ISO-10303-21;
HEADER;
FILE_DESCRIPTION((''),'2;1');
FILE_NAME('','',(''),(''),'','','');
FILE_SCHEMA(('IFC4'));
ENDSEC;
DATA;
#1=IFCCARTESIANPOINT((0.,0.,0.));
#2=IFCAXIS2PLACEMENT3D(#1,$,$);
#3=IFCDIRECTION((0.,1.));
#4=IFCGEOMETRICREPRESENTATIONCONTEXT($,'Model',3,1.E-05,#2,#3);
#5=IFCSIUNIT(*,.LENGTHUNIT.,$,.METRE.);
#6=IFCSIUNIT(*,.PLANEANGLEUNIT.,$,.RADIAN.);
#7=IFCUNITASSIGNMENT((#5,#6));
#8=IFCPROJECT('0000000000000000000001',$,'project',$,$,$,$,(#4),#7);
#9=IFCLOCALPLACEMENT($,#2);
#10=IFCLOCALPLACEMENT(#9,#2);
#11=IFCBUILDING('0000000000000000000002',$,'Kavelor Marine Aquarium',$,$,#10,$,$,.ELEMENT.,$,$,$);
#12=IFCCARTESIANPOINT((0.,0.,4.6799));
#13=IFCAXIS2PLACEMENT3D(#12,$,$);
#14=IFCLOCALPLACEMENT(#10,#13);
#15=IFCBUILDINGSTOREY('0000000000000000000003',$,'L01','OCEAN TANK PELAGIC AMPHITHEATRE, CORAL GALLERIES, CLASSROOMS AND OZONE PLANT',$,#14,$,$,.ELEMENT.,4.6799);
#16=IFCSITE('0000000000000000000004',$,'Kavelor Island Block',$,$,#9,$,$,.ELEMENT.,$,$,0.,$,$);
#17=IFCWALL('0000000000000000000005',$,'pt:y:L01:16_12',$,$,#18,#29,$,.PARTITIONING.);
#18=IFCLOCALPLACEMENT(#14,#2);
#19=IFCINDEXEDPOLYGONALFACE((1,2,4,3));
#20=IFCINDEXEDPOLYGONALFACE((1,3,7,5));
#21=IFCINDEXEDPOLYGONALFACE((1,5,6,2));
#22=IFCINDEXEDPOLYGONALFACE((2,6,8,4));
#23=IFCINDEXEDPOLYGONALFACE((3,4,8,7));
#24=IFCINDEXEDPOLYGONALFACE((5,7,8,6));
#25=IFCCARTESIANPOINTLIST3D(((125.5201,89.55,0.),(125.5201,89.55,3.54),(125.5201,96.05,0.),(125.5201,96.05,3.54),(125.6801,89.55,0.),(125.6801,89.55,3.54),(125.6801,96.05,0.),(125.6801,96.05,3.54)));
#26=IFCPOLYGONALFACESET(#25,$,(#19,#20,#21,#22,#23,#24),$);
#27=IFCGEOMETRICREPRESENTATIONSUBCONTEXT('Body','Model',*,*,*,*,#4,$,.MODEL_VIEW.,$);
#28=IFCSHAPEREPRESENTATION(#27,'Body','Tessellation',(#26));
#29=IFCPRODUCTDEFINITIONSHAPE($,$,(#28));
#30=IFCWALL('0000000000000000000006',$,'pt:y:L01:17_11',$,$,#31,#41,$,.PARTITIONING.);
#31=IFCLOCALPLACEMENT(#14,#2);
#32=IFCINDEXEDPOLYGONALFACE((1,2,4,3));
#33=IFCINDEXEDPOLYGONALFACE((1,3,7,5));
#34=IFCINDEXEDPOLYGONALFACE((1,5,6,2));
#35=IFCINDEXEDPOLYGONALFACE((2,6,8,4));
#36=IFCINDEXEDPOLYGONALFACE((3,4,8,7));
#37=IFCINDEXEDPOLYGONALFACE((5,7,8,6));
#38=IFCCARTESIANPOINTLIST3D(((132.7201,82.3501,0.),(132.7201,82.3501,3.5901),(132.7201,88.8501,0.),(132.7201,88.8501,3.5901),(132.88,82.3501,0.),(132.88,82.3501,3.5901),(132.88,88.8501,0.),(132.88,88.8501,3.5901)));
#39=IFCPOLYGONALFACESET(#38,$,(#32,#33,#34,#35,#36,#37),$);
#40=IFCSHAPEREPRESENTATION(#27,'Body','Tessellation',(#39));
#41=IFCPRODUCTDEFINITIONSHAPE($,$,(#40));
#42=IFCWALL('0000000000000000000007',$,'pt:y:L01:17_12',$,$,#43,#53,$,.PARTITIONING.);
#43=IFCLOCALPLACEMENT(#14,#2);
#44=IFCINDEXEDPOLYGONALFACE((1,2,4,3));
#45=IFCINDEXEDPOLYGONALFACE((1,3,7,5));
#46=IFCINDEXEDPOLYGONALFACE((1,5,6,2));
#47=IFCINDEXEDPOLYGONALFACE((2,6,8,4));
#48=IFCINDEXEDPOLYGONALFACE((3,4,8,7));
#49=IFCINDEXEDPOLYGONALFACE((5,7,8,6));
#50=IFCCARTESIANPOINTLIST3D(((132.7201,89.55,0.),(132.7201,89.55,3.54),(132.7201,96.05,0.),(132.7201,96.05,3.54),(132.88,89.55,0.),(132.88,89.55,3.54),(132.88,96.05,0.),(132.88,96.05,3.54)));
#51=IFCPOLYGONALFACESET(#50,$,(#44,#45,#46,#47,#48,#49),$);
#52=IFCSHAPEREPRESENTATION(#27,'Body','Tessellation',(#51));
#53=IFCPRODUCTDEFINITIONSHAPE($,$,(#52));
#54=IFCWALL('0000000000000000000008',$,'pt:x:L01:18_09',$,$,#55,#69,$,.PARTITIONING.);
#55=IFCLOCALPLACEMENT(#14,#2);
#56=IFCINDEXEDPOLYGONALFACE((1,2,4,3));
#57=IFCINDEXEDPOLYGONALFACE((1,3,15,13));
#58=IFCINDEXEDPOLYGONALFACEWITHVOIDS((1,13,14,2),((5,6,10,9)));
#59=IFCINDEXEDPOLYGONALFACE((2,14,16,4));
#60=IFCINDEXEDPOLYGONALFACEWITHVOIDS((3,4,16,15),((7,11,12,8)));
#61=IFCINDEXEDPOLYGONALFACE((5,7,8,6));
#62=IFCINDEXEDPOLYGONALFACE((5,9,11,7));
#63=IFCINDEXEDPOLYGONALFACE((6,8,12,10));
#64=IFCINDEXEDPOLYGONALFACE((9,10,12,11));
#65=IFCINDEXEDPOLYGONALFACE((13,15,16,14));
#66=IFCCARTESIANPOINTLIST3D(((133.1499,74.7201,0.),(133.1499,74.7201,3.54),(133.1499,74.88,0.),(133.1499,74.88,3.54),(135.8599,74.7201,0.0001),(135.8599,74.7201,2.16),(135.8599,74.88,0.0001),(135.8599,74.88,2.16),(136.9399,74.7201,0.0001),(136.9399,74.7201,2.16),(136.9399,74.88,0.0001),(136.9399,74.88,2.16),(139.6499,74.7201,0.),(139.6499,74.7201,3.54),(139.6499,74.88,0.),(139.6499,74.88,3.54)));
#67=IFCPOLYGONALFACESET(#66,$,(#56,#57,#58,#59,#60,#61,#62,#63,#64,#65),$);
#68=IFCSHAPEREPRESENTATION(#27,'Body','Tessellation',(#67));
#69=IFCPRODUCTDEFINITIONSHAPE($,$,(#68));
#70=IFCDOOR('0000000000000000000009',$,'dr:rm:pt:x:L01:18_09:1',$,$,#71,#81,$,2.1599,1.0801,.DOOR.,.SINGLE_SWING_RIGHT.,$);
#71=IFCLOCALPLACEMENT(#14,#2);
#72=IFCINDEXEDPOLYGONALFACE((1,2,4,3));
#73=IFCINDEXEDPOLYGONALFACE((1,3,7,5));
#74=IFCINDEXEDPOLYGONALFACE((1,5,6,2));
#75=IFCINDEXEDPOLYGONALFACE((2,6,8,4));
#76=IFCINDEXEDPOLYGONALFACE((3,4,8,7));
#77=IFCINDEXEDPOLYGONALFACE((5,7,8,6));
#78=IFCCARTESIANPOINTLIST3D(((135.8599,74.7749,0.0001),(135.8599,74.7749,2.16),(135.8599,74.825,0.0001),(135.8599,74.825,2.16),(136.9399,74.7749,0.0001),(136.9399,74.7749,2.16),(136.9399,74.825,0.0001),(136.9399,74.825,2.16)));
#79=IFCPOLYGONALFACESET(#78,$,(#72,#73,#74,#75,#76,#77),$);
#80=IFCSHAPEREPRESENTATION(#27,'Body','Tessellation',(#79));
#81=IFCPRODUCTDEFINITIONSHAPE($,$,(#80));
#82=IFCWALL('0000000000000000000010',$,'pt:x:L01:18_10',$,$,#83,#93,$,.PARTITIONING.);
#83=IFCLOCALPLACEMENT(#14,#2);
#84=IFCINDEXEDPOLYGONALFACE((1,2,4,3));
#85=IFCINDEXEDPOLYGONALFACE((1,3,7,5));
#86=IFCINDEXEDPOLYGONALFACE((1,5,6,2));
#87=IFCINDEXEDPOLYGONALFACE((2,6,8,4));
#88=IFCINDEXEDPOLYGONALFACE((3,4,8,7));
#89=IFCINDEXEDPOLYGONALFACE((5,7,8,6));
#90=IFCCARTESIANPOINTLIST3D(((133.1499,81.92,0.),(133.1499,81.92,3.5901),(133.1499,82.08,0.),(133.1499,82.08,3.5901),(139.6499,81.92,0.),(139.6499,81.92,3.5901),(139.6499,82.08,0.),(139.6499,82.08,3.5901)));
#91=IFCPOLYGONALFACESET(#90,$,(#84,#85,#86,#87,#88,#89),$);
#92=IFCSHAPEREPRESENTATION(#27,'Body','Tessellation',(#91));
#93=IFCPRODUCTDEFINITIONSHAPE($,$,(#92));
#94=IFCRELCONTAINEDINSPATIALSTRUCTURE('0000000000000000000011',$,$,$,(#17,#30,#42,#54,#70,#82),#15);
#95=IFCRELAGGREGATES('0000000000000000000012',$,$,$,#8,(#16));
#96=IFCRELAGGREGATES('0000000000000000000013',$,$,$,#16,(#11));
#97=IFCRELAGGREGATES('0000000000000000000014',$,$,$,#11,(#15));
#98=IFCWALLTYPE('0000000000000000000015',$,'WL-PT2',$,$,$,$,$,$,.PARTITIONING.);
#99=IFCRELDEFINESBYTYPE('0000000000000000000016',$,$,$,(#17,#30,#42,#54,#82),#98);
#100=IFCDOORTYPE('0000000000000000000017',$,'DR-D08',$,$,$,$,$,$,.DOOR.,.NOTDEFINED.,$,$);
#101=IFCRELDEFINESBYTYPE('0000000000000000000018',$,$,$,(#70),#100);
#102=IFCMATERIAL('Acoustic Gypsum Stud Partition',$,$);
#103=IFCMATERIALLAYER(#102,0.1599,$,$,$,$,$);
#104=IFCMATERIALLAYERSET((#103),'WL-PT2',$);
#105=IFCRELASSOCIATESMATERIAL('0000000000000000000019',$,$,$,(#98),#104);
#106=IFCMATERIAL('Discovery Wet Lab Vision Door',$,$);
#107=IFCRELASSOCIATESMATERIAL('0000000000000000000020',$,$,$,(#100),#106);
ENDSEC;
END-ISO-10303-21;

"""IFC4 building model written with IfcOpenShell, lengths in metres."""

from ifc_helpers import new_model, si_unit, direction, frame, frame_2d, origin, place, context, subcontext, project, spatial, rectangle, extrude, material, layer, layer_set, type_object, element, fill, save


model = new_model("IFC4")

# Units and contexts
model_context = context("Model", 3, precision=1e-05, world=origin(), true_north=direction((0.0, 1.0)))
body_context = subcontext(model_context, "Body", "Model", "MODEL_VIEW")
ifc_project = project(units=[si_unit("LENGTHUNIT", "METRE"), si_unit("PLANEANGLEUNIT", "RADIAN")], contexts=[model_context])

# Site, building, storey
site_placement = place(None, origin())
site = spatial("IfcSite", under=ifc_project, at=site_placement, Name="Kavelor Island Block", CompositionType="ELEMENT", RefElevation=0.0)
building_placement = place(site_placement, origin())
building = spatial("IfcBuilding", under=site, at=building_placement, Name="Kavelor Marine Aquarium", CompositionType="ELEMENT")
storey_placement = place(building_placement, frame((0.0, 0.0, 4.6799)))
storey = spatial("IfcBuildingStorey", under=building, at=storey_placement, Name="L01", Description="OCEAN TANK PELAGIC AMPHITHEATRE, CORAL GALLERIES, CLASSROOMS AND OZONE PLANT", CompositionType="ELEMENT", Elevation=4.6799)

# Walls
ifc_material_1 = material(Name="Acoustic Gypsum Stud Partition")
ifc_layer = layer(ifc_material_1, 0.1599)
ifc_layer_set = layer_set([ifc_layer], Name="WL-PT2")
wall_type = type_object("IfcWallType", Name="WL-PT2", PredefinedType="PARTITIONING", material=ifc_layer_set)
wall_1_placement = place(storey_placement, frame((125.6001, 89.55, 0.0), z_axis=(0.0, 0.0, 1.0), x_axis=(0.0, 1.0, 0.0)))
element("IfcWall", 1, at=wall_1_placement, inside=storey, type_object=wall_type, Name="pt:y:L01:16_12", PredefinedType="PARTITIONING", context=body_context, shape_type="SweptSolid", body=[
    extrude(rectangle(XDim=6.5, YDim=0.1599, at=frame_2d((3.25, 0.0))), origin(), (0.0, 0.0, 1.0), 3.54),
])
wall_2_placement = place(storey_placement, frame((132.8, 82.3501, 0.0), z_axis=(0.0, 0.0, 1.0), x_axis=(0.0, 1.0, 0.0)))
element("IfcWall", 2, at=wall_2_placement, inside=storey, type_object=wall_type, Name="pt:y:L01:17_11", PredefinedType="PARTITIONING", context=body_context, shape_type="SweptSolid", body=[
    extrude(rectangle(XDim=6.5, YDim=0.1599, at=frame_2d((3.25, 0.0))), origin(), (0.0, 0.0, 1.0), 3.5901),
])
wall_3_placement = place(storey_placement, frame((132.8, 89.55, 0.0), z_axis=(0.0, 0.0, 1.0), x_axis=(0.0, 1.0, 0.0)))
element("IfcWall", 3, at=wall_3_placement, inside=storey, type_object=wall_type, Name="pt:y:L01:17_12", PredefinedType="PARTITIONING", context=body_context, shape_type="SweptSolid", body=[
    extrude(rectangle(XDim=6.5, YDim=0.1599, at=frame_2d((3.25, 0.0))), origin(), (0.0, 0.0, 1.0), 3.54),
])

# Wall, opening, door
wall_4_placement = place(storey_placement, frame((133.1499, 74.8, 0.0), z_axis=(0.0, 0.0, 1.0), x_axis=(1.0, 0.0, 0.0)))
wall_4 = element("IfcWall", 4, at=wall_4_placement, inside=storey, type_object=wall_type, Name="pt:x:L01:18_09", PredefinedType="PARTITIONING", context=body_context, shape_type="SweptSolid", body=[
    extrude(rectangle(XDim=6.5, YDim=0.1599, at=frame_2d((3.25, 0.0))), origin(), (0.0, 0.0, 1.0), 3.54),
])
opening_placement = place(wall_4_placement, frame((2.71, 0.0, 0.0)))
opening = element("IfcOpeningElement", 5, at=opening_placement, cuts=wall_4, PredefinedType="OPENING", context=body_context, shape_type="SweptSolid", body=[
    extrude(rectangle(XDim=1.0801, YDim=2.1599, at=frame_2d((0.54, 1.0801))), frame((0.0, 0.0898, 0.0), z_axis=(0.0, -1.0, 0.0), x_axis=(1.0, 0.0, 0.0)), (0.0, 0.0, 1.0), 0.1799),
])
ifc_material_2 = material(Name="Discovery Wet Lab Vision Door")
door_type = type_object("IfcDoorType", Name="DR-D08", OperationType="NOTDEFINED", PredefinedType="DOOR", material=ifc_material_2)
door_placement = place(opening_placement, origin())
door = element("IfcDoor", 6, at=door_placement, inside=storey, type_object=door_type, Name="dr:rm:pt:x:L01:18_09:1", OperationType="SINGLE_SWING_RIGHT", OverallHeight=2.1599, OverallWidth=1.0801, PredefinedType="DOOR", context=body_context, shape_type="SweptSolid", body=[
    extrude(rectangle(XDim=1.0801, YDim=2.1599, at=frame_2d((0.54, 1.0801))), frame((0.0, 0.0249, 0.0), z_axis=(0.0, -1.0, 0.0), x_axis=(1.0, 0.0, 0.0)), (0.0, 0.0, 1.0), 0.05),
])
fill(opening, door)

# Wall
wall_5_placement = place(storey_placement, frame((133.1499, 82.0, 0.0), z_axis=(0.0, 0.0, 1.0), x_axis=(1.0, 0.0, 0.0)))
element("IfcWall", 7, at=wall_5_placement, inside=storey, type_object=wall_type, Name="pt:x:L01:18_10", PredefinedType="PARTITIONING", context=body_context, shape_type="SweptSolid", body=[
    extrude(rectangle(XDim=6.5, YDim=0.1599, at=frame_2d((3.25, 0.0))), origin(), (0.0, 0.0, 1.0), 3.5901),
])

save(model, "model.ifc")
